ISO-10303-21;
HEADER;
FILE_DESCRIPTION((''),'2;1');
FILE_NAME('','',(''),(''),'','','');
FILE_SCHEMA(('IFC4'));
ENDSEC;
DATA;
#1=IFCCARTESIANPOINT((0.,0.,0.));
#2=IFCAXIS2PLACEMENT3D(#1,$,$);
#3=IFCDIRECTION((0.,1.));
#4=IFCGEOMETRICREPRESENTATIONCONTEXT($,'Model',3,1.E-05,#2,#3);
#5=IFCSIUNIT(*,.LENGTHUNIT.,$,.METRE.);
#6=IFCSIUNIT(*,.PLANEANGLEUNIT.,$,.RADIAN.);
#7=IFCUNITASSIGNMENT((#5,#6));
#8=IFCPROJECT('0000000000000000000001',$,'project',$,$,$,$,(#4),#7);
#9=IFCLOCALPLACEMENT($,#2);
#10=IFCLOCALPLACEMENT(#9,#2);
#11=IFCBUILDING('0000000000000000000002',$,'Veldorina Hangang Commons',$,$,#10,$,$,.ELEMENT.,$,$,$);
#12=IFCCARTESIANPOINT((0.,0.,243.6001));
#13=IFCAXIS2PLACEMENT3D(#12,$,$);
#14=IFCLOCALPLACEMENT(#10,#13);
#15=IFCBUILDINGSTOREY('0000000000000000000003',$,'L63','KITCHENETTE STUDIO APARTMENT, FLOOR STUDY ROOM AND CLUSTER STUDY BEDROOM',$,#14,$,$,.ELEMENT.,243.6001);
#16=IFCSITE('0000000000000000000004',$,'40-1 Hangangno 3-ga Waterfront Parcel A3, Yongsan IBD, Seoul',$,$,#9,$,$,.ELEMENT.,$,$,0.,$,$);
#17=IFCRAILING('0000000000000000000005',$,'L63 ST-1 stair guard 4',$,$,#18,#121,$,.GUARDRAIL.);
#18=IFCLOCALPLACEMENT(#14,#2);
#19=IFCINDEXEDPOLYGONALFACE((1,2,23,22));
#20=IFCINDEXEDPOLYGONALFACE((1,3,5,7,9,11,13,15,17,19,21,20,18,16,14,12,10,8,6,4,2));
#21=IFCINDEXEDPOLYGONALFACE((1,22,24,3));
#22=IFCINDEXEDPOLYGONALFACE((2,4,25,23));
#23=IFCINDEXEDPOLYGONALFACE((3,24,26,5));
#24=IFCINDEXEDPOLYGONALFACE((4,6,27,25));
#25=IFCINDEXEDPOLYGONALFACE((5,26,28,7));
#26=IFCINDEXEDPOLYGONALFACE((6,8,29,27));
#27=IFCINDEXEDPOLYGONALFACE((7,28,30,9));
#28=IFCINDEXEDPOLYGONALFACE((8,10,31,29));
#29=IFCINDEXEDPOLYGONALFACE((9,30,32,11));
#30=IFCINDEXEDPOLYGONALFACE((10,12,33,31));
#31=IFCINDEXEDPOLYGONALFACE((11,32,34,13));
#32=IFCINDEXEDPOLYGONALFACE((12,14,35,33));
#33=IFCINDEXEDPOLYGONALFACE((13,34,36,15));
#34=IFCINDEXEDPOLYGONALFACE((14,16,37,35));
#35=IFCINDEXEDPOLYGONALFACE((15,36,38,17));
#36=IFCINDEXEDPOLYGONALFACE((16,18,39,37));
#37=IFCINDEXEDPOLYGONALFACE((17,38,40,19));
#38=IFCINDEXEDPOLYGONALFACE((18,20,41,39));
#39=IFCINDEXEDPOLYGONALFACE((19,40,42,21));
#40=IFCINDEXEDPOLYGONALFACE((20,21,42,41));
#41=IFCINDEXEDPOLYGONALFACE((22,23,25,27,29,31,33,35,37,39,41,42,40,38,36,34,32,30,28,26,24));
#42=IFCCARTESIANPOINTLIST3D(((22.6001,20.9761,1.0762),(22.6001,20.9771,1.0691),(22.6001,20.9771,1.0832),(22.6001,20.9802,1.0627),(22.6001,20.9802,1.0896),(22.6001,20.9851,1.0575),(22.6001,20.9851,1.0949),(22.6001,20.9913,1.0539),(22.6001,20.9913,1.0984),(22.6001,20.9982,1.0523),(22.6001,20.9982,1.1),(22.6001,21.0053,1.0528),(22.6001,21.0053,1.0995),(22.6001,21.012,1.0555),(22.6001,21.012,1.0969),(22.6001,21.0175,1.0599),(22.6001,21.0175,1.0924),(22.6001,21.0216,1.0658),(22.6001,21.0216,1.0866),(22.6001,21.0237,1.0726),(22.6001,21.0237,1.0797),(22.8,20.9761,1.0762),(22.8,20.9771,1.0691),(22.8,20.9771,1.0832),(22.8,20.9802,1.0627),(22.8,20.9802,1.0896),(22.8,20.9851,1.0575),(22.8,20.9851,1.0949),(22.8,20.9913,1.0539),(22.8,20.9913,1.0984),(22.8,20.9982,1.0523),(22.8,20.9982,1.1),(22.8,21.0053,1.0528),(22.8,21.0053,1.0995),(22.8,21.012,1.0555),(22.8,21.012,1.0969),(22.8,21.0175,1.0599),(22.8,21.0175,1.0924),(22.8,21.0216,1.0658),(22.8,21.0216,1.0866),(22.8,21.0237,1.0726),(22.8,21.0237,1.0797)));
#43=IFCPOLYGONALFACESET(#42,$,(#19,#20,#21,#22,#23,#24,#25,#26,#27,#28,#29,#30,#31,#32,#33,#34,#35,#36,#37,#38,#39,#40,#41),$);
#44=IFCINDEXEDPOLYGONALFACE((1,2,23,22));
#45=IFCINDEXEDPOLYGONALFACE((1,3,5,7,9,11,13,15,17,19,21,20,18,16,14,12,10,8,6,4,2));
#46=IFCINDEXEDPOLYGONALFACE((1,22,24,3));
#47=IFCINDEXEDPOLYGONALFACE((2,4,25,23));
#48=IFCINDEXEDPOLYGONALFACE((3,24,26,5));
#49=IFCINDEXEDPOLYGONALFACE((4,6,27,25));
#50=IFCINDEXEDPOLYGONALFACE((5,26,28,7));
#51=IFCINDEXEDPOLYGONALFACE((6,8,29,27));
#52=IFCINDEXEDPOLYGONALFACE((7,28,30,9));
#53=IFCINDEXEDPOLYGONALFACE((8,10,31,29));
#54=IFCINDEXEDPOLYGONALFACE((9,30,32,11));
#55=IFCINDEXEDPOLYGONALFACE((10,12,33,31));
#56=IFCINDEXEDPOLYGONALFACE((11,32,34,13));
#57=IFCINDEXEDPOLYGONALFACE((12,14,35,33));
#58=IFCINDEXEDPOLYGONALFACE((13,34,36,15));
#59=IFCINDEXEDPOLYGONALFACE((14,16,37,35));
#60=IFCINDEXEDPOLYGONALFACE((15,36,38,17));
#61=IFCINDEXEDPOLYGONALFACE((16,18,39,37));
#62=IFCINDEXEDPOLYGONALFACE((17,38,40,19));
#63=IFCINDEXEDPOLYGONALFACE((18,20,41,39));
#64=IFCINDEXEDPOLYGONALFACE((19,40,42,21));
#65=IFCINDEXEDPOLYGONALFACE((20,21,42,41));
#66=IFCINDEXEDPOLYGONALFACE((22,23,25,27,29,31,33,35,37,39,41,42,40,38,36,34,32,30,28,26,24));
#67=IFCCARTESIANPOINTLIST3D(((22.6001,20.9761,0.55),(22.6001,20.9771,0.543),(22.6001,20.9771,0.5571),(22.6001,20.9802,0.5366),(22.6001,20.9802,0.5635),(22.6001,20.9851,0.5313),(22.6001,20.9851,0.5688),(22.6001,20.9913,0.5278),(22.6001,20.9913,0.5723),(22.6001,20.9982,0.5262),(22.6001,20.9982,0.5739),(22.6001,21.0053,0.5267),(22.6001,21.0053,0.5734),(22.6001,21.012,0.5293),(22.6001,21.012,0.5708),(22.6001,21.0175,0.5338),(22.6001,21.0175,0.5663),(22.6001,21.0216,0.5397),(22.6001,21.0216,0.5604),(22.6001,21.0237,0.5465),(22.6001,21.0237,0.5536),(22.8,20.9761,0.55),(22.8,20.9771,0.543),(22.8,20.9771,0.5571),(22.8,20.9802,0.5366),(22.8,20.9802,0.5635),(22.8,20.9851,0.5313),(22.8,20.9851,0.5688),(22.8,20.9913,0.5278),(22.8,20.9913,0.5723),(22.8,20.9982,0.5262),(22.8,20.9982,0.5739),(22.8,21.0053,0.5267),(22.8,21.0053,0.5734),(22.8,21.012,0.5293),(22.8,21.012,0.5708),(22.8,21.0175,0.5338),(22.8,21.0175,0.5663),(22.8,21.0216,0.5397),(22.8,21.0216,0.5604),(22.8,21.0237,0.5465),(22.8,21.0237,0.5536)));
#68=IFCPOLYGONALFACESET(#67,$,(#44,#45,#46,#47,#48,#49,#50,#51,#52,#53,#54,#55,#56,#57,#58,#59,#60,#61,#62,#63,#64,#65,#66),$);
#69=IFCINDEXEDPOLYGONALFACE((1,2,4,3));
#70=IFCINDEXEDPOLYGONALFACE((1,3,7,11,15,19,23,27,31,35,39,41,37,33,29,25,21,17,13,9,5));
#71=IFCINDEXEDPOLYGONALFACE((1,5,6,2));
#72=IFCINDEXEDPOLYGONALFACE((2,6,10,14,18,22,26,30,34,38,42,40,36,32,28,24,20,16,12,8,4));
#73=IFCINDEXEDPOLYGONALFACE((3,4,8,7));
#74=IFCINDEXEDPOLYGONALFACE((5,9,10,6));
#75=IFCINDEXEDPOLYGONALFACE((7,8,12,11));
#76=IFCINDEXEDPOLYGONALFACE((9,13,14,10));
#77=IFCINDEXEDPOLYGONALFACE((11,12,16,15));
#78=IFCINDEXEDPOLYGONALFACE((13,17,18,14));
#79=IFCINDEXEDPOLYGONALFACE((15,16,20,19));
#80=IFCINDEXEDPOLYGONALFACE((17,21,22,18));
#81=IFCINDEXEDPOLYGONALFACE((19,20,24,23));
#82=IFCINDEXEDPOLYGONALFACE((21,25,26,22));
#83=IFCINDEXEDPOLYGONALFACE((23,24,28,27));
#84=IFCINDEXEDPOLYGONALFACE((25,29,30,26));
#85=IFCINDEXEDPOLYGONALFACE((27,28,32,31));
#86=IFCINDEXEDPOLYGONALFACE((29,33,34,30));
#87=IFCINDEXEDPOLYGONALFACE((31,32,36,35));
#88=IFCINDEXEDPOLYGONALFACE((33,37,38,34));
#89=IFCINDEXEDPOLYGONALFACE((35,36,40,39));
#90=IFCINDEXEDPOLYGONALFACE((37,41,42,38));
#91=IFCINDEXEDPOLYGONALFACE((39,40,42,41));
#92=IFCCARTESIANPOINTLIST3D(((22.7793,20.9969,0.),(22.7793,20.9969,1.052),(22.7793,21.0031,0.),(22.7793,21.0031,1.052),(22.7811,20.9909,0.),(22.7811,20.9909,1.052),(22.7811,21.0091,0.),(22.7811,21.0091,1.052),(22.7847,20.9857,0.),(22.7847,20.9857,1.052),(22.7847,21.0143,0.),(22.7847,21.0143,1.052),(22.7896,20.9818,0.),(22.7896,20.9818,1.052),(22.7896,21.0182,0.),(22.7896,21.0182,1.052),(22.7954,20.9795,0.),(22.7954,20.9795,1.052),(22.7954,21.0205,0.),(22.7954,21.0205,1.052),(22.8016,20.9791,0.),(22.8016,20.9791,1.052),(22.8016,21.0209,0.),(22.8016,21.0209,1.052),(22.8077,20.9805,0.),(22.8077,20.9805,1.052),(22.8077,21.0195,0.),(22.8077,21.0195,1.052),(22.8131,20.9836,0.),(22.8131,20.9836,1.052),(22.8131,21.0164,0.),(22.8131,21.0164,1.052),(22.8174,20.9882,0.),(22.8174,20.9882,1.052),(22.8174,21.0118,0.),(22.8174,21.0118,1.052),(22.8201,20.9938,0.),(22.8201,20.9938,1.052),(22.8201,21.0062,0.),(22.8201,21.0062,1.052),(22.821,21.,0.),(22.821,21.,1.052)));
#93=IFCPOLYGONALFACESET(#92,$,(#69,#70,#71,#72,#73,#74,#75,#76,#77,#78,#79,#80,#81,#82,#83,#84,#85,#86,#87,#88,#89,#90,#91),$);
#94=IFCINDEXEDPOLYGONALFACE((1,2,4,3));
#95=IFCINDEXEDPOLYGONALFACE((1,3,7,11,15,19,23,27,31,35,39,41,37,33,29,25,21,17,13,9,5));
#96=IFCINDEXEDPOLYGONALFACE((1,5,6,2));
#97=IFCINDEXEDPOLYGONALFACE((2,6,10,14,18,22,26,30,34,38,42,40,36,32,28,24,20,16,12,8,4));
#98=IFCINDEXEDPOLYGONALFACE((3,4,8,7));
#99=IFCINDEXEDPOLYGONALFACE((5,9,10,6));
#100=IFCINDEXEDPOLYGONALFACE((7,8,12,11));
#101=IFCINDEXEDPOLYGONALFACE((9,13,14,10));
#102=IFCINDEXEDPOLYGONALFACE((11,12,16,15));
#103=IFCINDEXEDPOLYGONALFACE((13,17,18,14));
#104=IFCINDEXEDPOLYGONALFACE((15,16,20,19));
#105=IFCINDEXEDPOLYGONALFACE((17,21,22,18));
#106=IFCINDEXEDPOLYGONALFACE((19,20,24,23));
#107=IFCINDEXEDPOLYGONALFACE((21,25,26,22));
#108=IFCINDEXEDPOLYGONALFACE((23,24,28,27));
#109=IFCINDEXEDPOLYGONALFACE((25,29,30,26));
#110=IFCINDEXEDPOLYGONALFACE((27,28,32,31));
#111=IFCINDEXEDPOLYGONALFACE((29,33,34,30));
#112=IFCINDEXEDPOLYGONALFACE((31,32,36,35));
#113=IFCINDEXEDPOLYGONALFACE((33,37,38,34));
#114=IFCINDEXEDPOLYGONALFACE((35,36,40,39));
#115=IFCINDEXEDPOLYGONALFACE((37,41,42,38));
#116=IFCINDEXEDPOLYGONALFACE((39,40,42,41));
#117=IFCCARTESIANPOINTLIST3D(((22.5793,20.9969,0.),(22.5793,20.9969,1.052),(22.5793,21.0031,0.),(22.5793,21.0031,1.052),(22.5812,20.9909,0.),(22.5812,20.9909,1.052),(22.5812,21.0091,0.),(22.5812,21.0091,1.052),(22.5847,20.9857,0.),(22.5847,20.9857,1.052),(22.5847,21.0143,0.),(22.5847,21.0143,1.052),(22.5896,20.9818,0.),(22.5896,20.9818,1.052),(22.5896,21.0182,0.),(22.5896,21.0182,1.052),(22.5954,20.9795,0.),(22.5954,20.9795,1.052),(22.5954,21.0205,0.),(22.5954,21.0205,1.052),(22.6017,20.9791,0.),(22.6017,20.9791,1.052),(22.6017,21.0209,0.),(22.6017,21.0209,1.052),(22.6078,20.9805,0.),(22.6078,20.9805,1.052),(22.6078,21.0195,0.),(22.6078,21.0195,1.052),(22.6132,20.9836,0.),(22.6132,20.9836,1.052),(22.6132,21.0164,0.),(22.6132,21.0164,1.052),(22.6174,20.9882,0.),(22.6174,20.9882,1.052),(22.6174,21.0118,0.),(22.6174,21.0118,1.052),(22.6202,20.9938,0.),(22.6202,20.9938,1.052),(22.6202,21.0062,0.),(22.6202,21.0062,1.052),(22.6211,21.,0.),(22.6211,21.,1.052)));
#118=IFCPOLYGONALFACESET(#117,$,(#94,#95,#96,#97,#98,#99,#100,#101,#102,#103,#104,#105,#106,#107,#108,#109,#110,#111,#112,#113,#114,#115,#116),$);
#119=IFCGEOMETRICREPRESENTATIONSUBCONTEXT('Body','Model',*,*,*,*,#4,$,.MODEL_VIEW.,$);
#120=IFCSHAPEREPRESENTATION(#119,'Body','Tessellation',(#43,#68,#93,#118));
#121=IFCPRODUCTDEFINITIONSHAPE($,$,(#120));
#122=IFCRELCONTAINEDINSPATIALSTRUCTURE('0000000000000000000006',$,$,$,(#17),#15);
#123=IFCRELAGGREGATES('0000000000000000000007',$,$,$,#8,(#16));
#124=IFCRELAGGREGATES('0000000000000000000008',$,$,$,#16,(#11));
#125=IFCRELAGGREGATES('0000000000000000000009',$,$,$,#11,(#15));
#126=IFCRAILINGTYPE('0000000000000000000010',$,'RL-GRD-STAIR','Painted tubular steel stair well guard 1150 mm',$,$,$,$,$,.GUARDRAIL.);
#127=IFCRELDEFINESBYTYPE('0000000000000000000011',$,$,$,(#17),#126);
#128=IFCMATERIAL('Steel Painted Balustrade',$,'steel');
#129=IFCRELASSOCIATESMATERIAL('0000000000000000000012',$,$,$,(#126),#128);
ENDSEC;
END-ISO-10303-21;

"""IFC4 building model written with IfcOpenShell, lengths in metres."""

from ifc_helpers import new_model, si_unit, direction, frame, origin, origin_2d, place, context, subcontext, project, spatial, circle, extrude, material, type_object, element, save


model = new_model("IFC4")

# Units and contexts
model_context = context("Model", 3, precision=1e-05, world=origin(), true_north=direction((0.0, 1.0)))
body_context = subcontext(model_context, "Body", "Model", "MODEL_VIEW")
ifc_project = project(units=[si_unit("LENGTHUNIT", "METRE"), si_unit("PLANEANGLEUNIT", "RADIAN")], contexts=[model_context])

# Site, building, storey
site_placement = place(None, origin())
site = spatial("IfcSite", under=ifc_project, at=site_placement, Name="40-1 Hangangno 3-ga Waterfront Parcel A3, Yongsan IBD, Seoul", CompositionType="ELEMENT", RefElevation=0.0)
building_placement = place(site_placement, origin())
building = spatial("IfcBuilding", under=site, at=building_placement, Name="Veldorina Hangang Commons", CompositionType="ELEMENT")
storey_placement = place(building_placement, frame((0.0, 0.0, 243.6001)))
storey = spatial("IfcBuildingStorey", under=building, at=storey_placement, Name="L63", Description="KITCHENETTE STUDIO APARTMENT, FLOOR STUDY ROOM AND CLUSTER STUDY BEDROOM", CompositionType="ELEMENT", Elevation=243.6001)

# Railing
ifc_material_1 = material(Name="Steel Painted Balustrade", Category="steel")
railing_type = type_object("IfcRailingType", Name="RL-GRD-STAIR", Description="Painted tubular steel stair well guard 1150 mm", PredefinedType="GUARDRAIL", material=ifc_material_1)
railing_1_placement = place(storey_placement, frame((22.8, 21.0, 0.0)))
element("IfcRailing", 1, at=railing_1_placement, inside=storey, type_object=railing_type, Name="L63 ST-1 stair guard 4", PredefinedType="GUARDRAIL", context=body_context, shape_type="SweptSolid", body=[
    extrude(circle(Radius=0.0239, at=origin_2d()), frame((0.0, 0.0, 1.0762), z_axis=(-1.0, 0.0, 0.0), x_axis=(0.0, -1.0, 0.0)), (0.0, 0.0, 1.0), 0.2),
    extrude(circle(Radius=0.0239, at=origin_2d()), frame((0.0, 0.0, 0.55), z_axis=(-1.0, 0.0, 0.0), x_axis=(0.0, -1.0, 0.0)), (0.0, 0.0, 1.0), 0.2),
    extrude(circle(Radius=0.021, at=origin_2d()), origin(), (0.0, 0.0, 1.0), 1.052),
    extrude(circle(Radius=0.021, at=origin_2d()), frame((-0.2, 0.0, 0.0)), (0.0, 0.0, 1.0), 1.052),
])

save(model, "model.ifc")
